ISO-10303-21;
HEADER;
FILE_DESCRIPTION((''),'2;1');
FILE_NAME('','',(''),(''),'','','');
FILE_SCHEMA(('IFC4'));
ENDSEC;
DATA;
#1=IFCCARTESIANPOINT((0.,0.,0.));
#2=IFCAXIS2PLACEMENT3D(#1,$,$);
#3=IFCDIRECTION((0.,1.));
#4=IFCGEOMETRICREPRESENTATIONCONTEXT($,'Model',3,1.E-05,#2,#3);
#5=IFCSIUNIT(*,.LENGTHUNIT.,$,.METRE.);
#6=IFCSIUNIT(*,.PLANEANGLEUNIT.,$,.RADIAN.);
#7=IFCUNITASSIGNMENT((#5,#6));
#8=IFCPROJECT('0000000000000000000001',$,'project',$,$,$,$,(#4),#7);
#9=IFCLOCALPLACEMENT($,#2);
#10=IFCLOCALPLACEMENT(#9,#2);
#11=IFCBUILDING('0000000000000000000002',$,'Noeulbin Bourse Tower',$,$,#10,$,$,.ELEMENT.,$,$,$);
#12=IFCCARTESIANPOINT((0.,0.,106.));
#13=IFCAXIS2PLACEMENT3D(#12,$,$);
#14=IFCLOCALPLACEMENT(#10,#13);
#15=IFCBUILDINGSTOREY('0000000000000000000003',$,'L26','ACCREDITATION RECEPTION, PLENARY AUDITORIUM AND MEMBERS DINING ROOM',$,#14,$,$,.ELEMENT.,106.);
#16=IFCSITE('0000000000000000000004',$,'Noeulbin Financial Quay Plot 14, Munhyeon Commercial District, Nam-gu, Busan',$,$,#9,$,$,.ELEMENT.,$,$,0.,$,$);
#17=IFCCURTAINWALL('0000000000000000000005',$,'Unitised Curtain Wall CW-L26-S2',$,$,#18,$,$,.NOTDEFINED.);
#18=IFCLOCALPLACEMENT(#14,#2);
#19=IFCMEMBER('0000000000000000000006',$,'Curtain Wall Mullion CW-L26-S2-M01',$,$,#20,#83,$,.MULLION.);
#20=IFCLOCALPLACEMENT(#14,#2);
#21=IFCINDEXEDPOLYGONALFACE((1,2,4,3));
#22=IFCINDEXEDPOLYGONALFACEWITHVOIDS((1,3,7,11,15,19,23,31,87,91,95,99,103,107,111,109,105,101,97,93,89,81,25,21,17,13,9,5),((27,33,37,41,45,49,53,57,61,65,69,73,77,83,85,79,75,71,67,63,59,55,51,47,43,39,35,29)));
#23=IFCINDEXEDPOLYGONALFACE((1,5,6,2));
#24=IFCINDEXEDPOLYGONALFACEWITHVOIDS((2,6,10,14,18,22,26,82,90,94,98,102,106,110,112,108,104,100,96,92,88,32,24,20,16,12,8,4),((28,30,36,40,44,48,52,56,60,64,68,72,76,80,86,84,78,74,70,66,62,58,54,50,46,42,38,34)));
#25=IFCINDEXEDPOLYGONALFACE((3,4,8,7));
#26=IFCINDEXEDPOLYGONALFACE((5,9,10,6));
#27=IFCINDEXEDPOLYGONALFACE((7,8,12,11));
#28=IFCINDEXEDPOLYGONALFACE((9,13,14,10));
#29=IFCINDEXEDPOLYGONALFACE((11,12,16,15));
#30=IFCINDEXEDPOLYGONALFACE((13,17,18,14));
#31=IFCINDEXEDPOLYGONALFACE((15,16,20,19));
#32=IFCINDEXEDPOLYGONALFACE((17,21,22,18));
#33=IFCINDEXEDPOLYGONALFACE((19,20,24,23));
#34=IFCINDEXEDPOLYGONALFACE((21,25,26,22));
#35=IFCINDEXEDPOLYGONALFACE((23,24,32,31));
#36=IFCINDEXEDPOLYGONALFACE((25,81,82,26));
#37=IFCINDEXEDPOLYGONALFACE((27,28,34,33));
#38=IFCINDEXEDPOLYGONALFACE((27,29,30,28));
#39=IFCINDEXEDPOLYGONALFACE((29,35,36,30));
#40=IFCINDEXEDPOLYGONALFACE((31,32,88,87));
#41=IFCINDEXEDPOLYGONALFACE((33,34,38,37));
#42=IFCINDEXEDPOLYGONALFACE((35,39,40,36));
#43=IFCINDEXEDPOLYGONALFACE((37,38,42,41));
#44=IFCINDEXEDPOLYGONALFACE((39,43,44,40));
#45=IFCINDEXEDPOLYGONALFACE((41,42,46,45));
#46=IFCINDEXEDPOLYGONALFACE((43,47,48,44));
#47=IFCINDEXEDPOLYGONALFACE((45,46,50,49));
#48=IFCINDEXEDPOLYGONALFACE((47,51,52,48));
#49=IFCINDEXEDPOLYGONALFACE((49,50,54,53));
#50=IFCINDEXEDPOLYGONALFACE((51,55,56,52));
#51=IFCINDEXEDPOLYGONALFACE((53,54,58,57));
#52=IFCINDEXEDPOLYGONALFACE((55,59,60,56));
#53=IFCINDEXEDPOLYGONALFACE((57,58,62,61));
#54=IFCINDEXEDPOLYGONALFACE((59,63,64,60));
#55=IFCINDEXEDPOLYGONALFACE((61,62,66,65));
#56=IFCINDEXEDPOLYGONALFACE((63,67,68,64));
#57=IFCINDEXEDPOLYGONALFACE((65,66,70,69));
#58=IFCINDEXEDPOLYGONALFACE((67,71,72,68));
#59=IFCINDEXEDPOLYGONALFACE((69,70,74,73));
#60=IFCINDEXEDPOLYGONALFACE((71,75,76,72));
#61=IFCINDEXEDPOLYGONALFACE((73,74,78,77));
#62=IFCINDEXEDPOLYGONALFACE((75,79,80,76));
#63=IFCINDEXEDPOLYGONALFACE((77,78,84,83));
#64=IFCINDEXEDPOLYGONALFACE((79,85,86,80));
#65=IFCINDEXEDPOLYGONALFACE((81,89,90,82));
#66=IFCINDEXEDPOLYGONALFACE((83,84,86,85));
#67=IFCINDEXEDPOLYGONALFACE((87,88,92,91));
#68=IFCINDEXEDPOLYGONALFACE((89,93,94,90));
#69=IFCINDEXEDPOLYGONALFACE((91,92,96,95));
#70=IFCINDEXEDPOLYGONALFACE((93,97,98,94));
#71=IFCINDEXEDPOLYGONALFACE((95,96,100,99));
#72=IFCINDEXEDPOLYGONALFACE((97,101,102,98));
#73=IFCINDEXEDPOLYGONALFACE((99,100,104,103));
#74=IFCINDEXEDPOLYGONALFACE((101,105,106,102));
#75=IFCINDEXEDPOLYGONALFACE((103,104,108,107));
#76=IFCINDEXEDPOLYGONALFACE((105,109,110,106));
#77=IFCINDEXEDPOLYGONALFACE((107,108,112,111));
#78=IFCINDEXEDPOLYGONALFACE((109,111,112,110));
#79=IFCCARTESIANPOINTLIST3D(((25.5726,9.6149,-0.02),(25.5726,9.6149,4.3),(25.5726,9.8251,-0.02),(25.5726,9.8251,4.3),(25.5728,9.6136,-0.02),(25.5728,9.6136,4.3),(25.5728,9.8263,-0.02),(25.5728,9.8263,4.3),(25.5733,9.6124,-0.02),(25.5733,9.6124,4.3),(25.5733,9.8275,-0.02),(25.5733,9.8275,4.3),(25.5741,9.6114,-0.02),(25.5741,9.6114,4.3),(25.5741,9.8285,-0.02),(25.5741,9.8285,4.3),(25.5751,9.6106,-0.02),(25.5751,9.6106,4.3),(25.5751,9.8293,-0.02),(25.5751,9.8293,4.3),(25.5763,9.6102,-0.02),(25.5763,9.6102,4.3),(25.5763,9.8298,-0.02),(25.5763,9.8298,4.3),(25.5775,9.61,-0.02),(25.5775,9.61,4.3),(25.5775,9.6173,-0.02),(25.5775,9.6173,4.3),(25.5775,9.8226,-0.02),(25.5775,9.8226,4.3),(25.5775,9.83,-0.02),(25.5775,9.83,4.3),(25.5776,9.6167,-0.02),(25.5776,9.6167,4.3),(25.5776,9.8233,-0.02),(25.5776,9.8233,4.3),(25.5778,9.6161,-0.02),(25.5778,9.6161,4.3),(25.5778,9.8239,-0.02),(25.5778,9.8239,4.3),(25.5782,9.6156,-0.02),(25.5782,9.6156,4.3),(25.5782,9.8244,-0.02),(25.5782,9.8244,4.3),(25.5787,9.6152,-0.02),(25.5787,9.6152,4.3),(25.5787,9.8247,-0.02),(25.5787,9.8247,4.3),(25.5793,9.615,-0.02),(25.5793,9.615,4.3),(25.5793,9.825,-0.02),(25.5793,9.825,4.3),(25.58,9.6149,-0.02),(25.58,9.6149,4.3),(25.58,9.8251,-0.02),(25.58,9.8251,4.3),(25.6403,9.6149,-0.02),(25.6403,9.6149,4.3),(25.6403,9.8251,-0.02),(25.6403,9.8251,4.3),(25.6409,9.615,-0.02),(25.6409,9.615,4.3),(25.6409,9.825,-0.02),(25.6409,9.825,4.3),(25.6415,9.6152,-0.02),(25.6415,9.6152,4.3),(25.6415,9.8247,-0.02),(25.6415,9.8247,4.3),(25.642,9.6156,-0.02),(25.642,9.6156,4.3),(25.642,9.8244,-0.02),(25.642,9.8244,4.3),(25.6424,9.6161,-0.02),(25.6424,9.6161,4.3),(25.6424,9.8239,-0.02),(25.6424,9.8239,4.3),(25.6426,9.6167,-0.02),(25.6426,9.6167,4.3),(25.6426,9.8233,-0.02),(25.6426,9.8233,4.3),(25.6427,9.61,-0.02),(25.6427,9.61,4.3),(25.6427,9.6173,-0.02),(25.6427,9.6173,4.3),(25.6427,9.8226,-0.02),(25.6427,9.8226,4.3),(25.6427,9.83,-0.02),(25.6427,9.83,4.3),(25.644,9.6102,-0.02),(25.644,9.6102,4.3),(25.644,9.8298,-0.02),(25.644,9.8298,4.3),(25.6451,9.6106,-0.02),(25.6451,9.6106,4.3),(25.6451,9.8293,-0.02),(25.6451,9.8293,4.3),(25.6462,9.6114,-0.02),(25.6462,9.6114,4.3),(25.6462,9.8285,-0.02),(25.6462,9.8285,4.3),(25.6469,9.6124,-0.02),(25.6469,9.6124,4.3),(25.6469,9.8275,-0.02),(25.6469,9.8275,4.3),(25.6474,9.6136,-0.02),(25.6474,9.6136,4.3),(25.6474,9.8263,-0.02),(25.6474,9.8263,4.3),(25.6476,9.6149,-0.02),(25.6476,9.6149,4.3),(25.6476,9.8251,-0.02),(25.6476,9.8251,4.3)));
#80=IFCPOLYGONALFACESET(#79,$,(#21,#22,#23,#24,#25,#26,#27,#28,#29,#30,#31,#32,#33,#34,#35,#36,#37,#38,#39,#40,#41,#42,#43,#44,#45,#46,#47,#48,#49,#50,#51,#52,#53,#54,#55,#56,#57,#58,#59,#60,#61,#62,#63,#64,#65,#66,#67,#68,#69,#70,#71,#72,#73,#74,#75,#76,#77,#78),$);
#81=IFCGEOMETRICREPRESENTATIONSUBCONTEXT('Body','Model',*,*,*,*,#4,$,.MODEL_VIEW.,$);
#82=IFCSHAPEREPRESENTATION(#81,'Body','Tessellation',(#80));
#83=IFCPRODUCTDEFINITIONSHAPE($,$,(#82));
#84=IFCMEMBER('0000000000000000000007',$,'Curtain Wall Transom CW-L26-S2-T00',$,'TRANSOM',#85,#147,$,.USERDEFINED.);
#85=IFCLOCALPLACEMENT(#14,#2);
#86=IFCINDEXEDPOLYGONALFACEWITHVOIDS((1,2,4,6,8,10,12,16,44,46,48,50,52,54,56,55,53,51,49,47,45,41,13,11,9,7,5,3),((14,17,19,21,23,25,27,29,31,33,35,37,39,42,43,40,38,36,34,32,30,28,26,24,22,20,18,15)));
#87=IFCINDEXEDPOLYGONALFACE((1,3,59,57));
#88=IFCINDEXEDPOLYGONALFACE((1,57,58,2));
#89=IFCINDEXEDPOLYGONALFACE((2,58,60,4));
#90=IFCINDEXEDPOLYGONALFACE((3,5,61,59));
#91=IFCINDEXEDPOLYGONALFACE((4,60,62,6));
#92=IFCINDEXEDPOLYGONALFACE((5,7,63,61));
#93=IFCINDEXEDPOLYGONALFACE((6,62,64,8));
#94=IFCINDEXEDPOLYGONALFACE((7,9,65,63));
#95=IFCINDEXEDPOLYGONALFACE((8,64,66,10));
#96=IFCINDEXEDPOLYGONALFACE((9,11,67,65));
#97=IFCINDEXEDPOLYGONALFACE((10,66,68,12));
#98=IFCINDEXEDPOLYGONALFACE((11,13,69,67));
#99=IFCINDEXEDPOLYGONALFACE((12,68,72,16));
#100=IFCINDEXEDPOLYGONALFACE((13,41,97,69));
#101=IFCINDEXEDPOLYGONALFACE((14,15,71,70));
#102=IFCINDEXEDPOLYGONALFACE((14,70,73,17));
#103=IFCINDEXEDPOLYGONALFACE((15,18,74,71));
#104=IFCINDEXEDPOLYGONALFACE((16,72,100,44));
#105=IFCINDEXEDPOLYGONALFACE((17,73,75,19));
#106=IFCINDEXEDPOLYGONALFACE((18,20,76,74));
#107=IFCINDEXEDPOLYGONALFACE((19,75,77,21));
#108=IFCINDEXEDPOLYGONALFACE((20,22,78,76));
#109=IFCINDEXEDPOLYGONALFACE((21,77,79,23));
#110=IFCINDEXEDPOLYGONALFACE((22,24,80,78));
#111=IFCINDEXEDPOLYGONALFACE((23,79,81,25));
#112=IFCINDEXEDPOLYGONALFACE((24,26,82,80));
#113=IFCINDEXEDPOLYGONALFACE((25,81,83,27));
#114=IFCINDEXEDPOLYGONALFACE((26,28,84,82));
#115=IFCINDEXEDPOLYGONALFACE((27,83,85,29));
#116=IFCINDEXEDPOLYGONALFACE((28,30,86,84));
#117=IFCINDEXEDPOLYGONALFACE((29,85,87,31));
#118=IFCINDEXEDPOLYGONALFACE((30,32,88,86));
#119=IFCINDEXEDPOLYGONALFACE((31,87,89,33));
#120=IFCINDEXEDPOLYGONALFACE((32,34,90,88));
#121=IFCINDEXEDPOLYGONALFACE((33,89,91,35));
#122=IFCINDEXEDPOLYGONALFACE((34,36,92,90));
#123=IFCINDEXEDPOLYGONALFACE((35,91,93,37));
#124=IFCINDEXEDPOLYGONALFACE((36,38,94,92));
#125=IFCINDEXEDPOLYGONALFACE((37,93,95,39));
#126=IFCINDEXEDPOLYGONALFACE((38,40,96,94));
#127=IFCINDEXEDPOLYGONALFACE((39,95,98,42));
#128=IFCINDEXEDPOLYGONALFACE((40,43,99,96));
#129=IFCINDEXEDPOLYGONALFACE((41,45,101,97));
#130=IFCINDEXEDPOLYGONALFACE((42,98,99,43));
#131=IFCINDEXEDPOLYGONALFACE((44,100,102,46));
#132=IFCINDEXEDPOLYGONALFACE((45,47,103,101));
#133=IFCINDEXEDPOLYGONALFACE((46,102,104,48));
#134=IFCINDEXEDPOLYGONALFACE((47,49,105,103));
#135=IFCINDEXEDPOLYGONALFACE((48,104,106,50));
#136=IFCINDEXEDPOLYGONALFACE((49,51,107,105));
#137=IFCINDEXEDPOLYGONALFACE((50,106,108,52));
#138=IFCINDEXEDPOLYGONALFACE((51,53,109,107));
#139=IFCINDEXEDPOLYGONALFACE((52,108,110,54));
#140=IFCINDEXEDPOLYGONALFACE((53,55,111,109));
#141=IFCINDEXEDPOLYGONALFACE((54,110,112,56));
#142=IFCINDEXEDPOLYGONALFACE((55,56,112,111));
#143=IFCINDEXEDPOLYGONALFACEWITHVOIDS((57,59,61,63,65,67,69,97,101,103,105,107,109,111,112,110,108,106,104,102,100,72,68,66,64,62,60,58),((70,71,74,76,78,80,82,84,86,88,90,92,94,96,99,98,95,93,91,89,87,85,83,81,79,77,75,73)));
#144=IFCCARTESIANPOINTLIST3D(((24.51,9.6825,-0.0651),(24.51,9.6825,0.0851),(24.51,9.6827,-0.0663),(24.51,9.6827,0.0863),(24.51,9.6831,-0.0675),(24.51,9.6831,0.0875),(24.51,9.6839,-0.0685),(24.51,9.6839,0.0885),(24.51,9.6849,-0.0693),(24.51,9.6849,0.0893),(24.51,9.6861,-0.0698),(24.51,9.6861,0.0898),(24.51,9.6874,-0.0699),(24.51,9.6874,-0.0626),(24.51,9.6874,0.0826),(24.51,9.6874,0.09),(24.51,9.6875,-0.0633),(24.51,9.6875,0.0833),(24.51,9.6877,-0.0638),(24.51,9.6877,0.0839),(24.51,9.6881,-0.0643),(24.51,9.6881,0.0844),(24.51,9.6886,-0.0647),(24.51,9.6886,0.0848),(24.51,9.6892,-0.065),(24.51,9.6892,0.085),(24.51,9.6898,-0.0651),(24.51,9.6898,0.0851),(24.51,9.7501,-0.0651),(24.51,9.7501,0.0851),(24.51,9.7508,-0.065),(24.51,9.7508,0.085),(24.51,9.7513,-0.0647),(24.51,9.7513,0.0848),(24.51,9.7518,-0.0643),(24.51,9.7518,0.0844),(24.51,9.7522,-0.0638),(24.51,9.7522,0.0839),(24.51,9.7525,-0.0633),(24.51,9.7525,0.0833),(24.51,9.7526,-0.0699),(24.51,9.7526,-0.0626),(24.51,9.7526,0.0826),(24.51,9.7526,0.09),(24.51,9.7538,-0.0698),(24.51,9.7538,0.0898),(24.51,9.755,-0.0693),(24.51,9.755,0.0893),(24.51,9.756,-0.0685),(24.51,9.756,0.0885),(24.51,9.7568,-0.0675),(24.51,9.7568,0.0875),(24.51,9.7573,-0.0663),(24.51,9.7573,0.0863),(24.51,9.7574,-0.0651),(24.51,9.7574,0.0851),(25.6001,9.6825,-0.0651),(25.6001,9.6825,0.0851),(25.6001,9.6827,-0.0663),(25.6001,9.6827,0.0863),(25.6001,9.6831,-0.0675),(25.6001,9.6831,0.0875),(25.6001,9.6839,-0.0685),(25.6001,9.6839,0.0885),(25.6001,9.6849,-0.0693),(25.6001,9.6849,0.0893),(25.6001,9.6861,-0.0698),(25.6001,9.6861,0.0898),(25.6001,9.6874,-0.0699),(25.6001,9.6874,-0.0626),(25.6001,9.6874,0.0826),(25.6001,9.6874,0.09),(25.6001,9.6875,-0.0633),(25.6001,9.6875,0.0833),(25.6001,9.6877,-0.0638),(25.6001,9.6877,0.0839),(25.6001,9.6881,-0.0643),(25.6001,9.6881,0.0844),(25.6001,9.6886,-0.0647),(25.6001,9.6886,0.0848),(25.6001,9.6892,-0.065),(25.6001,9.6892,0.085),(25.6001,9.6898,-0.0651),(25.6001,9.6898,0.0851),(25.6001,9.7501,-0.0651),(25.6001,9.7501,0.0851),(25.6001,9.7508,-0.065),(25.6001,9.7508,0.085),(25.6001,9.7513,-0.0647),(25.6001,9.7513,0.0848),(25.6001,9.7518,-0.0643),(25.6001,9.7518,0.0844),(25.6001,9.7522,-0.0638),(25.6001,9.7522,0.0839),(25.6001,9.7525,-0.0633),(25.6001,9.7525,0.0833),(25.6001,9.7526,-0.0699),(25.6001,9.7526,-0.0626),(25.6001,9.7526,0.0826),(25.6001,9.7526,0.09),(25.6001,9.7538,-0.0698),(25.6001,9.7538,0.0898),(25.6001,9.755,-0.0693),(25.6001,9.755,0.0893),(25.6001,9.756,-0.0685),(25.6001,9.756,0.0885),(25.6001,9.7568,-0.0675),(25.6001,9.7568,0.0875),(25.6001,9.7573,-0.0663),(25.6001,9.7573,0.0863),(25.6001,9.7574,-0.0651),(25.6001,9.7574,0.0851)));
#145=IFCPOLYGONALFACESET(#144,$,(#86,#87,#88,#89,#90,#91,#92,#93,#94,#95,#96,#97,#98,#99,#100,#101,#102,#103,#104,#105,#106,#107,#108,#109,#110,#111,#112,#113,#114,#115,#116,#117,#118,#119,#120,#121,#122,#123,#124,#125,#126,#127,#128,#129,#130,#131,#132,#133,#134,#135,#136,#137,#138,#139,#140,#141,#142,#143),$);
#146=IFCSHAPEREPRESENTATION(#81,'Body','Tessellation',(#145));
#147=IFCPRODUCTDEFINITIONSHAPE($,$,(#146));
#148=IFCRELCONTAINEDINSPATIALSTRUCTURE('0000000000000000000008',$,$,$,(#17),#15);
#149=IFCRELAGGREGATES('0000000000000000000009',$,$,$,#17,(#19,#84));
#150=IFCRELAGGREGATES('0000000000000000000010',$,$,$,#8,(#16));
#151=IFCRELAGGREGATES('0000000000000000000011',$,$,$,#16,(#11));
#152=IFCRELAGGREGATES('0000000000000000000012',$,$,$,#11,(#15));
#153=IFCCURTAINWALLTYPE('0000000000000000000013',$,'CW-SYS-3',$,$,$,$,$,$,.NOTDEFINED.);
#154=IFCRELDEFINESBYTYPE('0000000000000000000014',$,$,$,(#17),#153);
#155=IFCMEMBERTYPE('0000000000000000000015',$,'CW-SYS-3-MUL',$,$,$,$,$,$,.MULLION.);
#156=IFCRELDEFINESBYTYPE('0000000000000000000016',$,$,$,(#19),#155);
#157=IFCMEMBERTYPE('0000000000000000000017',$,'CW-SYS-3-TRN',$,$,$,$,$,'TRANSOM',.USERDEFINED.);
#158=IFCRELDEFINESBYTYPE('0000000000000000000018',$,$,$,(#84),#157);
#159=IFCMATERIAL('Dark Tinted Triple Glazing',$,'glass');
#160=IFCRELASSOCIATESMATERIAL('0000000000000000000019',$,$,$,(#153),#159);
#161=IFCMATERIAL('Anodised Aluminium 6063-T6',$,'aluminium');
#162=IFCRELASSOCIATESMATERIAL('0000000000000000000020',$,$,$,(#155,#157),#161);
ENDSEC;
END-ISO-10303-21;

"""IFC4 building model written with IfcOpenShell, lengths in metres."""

from ifc_helpers import new_model, si_unit, direction, frame, origin, origin_2d, place, context, subcontext, project, spatial, hollow_rectangle, extrude, material, material_profile, profile_set, type_object, element, aggregate, save


model = new_model("IFC4")

# Units and contexts
model_context = context("Model", 3, precision=1e-05, world=origin(), true_north=direction((0.0, 1.0)))
body_context = subcontext(model_context, "Body", "Model", "MODEL_VIEW")
ifc_project = project(units=[si_unit("LENGTHUNIT", "METRE"), si_unit("PLANEANGLEUNIT", "RADIAN")], contexts=[model_context])

# Site, building, storey
site_placement = place(None, origin())
site = spatial("IfcSite", under=ifc_project, at=site_placement, Name="Noeulbin Financial Quay Plot 14, Munhyeon Commercial District, Nam-gu, Busan", CompositionType="ELEMENT", RefElevation=0.0)
building_placement = place(site_placement, origin())
building = spatial("IfcBuilding", under=site, at=building_placement, Name="Noeulbin Bourse Tower", CompositionType="ELEMENT")
storey_placement = place(building_placement, frame((0.0, 0.0, 106.0)))
storey = spatial("IfcBuildingStorey", under=building, at=storey_placement, Name="L26", Description="ACCREDITATION RECEPTION, PLENARY AUDITORIUM AND MEMBERS DINING ROOM", CompositionType="ELEMENT", Elevation=106.0)

# Shared definitions
ifc_material_1 = material(Name="Dark Tinted Triple Glazing", Category="glass")
curtain_wall_type = type_object("IfcCurtainWallType", Name="CW-SYS-3", PredefinedType="NOTDEFINED", material=ifc_material_1)
ifc_material_2 = material(Name="Anodised Aluminium 6063-T6", Category="aluminium")
ifc_material_profile_1 = material_profile(ifc_material_2, hollow_rectangle(XDim=0.075, YDim=0.22, WallThickness=0.0049, InnerFilletRadius=0.0024, OuterFilletRadius=0.0049, at=origin_2d()), Name="ALU-MULL-75x220x5", Category="LoadBearing")
ifc_profile_set_1 = profile_set([ifc_material_profile_1], Name="Anodised Aluminium 6063-T6")
member_type_1 = type_object("IfcMemberType", Name="CW-SYS-3-MUL", PredefinedType="MULLION", material=ifc_profile_set_1)

# Curtain wall, members
curtain_wall_1_placement = place(storey_placement, origin())
curtain_wall_1 = element("IfcCurtainWall", 1, at=curtain_wall_1_placement, inside=storey, type_object=curtain_wall_type, Name="Unitised Curtain Wall CW-L26-S2", PredefinedType="NOTDEFINED")
member_1_placement = place(storey_placement, frame((25.6101, 9.72, -0.02), z_axis=(0.0, 0.0, 1.0), x_axis=(1.0, 0.0, 0.0)))
member_1 = element("IfcMember", 2, at=member_1_placement, type_object=member_type_1, Name="Curtain Wall Mullion CW-L26-S2-M01", PredefinedType="MULLION", context=body_context, shape_type="SweptSolid", body=[
    extrude(hollow_rectangle(XDim=0.075, YDim=0.22, WallThickness=0.0049, InnerFilletRadius=0.0024, OuterFilletRadius=0.0049, at=origin_2d()), origin(), (0.0, 0.0, 1.0), 4.3201),
])
ifc_material_profile_2 = material_profile(ifc_material_2, hollow_rectangle(XDim=0.075, YDim=0.1599, WallThickness=0.0049, InnerFilletRadius=0.0024, OuterFilletRadius=0.0049, at=origin_2d()), Name="ALU-TRAN-75x160x5", Category="LoadBearing")
ifc_profile_set_2 = profile_set([ifc_material_profile_2], Name="Anodised Aluminium 6063-T6")
member_type_2 = type_object("IfcMemberType", Name="CW-SYS-3-TRN", ElementType="TRANSOM", PredefinedType="USERDEFINED", material=ifc_profile_set_2)
member_2_placement = place(storey_placement, frame((24.51, 9.72, 0.01), z_axis=(1.0, 0.0, 0.0), x_axis=(0.0, 1.0, 0.0)))
member_2 = element("IfcMember", 3, at=member_2_placement, type_object=member_type_2, Name="Curtain Wall Transom CW-L26-S2-T00", ObjectType="TRANSOM", PredefinedType="USERDEFINED", context=body_context, shape_type="SweptSolid", body=[
    extrude(hollow_rectangle(XDim=0.075, YDim=0.1599, WallThickness=0.0049, InnerFilletRadius=0.0024, OuterFilletRadius=0.0049, at=origin_2d()), origin(), (0.0, 0.0, 1.0), 1.0901),
])
aggregate(curtain_wall_1, [member_1, member_2])

save(model, "model.ifc")
